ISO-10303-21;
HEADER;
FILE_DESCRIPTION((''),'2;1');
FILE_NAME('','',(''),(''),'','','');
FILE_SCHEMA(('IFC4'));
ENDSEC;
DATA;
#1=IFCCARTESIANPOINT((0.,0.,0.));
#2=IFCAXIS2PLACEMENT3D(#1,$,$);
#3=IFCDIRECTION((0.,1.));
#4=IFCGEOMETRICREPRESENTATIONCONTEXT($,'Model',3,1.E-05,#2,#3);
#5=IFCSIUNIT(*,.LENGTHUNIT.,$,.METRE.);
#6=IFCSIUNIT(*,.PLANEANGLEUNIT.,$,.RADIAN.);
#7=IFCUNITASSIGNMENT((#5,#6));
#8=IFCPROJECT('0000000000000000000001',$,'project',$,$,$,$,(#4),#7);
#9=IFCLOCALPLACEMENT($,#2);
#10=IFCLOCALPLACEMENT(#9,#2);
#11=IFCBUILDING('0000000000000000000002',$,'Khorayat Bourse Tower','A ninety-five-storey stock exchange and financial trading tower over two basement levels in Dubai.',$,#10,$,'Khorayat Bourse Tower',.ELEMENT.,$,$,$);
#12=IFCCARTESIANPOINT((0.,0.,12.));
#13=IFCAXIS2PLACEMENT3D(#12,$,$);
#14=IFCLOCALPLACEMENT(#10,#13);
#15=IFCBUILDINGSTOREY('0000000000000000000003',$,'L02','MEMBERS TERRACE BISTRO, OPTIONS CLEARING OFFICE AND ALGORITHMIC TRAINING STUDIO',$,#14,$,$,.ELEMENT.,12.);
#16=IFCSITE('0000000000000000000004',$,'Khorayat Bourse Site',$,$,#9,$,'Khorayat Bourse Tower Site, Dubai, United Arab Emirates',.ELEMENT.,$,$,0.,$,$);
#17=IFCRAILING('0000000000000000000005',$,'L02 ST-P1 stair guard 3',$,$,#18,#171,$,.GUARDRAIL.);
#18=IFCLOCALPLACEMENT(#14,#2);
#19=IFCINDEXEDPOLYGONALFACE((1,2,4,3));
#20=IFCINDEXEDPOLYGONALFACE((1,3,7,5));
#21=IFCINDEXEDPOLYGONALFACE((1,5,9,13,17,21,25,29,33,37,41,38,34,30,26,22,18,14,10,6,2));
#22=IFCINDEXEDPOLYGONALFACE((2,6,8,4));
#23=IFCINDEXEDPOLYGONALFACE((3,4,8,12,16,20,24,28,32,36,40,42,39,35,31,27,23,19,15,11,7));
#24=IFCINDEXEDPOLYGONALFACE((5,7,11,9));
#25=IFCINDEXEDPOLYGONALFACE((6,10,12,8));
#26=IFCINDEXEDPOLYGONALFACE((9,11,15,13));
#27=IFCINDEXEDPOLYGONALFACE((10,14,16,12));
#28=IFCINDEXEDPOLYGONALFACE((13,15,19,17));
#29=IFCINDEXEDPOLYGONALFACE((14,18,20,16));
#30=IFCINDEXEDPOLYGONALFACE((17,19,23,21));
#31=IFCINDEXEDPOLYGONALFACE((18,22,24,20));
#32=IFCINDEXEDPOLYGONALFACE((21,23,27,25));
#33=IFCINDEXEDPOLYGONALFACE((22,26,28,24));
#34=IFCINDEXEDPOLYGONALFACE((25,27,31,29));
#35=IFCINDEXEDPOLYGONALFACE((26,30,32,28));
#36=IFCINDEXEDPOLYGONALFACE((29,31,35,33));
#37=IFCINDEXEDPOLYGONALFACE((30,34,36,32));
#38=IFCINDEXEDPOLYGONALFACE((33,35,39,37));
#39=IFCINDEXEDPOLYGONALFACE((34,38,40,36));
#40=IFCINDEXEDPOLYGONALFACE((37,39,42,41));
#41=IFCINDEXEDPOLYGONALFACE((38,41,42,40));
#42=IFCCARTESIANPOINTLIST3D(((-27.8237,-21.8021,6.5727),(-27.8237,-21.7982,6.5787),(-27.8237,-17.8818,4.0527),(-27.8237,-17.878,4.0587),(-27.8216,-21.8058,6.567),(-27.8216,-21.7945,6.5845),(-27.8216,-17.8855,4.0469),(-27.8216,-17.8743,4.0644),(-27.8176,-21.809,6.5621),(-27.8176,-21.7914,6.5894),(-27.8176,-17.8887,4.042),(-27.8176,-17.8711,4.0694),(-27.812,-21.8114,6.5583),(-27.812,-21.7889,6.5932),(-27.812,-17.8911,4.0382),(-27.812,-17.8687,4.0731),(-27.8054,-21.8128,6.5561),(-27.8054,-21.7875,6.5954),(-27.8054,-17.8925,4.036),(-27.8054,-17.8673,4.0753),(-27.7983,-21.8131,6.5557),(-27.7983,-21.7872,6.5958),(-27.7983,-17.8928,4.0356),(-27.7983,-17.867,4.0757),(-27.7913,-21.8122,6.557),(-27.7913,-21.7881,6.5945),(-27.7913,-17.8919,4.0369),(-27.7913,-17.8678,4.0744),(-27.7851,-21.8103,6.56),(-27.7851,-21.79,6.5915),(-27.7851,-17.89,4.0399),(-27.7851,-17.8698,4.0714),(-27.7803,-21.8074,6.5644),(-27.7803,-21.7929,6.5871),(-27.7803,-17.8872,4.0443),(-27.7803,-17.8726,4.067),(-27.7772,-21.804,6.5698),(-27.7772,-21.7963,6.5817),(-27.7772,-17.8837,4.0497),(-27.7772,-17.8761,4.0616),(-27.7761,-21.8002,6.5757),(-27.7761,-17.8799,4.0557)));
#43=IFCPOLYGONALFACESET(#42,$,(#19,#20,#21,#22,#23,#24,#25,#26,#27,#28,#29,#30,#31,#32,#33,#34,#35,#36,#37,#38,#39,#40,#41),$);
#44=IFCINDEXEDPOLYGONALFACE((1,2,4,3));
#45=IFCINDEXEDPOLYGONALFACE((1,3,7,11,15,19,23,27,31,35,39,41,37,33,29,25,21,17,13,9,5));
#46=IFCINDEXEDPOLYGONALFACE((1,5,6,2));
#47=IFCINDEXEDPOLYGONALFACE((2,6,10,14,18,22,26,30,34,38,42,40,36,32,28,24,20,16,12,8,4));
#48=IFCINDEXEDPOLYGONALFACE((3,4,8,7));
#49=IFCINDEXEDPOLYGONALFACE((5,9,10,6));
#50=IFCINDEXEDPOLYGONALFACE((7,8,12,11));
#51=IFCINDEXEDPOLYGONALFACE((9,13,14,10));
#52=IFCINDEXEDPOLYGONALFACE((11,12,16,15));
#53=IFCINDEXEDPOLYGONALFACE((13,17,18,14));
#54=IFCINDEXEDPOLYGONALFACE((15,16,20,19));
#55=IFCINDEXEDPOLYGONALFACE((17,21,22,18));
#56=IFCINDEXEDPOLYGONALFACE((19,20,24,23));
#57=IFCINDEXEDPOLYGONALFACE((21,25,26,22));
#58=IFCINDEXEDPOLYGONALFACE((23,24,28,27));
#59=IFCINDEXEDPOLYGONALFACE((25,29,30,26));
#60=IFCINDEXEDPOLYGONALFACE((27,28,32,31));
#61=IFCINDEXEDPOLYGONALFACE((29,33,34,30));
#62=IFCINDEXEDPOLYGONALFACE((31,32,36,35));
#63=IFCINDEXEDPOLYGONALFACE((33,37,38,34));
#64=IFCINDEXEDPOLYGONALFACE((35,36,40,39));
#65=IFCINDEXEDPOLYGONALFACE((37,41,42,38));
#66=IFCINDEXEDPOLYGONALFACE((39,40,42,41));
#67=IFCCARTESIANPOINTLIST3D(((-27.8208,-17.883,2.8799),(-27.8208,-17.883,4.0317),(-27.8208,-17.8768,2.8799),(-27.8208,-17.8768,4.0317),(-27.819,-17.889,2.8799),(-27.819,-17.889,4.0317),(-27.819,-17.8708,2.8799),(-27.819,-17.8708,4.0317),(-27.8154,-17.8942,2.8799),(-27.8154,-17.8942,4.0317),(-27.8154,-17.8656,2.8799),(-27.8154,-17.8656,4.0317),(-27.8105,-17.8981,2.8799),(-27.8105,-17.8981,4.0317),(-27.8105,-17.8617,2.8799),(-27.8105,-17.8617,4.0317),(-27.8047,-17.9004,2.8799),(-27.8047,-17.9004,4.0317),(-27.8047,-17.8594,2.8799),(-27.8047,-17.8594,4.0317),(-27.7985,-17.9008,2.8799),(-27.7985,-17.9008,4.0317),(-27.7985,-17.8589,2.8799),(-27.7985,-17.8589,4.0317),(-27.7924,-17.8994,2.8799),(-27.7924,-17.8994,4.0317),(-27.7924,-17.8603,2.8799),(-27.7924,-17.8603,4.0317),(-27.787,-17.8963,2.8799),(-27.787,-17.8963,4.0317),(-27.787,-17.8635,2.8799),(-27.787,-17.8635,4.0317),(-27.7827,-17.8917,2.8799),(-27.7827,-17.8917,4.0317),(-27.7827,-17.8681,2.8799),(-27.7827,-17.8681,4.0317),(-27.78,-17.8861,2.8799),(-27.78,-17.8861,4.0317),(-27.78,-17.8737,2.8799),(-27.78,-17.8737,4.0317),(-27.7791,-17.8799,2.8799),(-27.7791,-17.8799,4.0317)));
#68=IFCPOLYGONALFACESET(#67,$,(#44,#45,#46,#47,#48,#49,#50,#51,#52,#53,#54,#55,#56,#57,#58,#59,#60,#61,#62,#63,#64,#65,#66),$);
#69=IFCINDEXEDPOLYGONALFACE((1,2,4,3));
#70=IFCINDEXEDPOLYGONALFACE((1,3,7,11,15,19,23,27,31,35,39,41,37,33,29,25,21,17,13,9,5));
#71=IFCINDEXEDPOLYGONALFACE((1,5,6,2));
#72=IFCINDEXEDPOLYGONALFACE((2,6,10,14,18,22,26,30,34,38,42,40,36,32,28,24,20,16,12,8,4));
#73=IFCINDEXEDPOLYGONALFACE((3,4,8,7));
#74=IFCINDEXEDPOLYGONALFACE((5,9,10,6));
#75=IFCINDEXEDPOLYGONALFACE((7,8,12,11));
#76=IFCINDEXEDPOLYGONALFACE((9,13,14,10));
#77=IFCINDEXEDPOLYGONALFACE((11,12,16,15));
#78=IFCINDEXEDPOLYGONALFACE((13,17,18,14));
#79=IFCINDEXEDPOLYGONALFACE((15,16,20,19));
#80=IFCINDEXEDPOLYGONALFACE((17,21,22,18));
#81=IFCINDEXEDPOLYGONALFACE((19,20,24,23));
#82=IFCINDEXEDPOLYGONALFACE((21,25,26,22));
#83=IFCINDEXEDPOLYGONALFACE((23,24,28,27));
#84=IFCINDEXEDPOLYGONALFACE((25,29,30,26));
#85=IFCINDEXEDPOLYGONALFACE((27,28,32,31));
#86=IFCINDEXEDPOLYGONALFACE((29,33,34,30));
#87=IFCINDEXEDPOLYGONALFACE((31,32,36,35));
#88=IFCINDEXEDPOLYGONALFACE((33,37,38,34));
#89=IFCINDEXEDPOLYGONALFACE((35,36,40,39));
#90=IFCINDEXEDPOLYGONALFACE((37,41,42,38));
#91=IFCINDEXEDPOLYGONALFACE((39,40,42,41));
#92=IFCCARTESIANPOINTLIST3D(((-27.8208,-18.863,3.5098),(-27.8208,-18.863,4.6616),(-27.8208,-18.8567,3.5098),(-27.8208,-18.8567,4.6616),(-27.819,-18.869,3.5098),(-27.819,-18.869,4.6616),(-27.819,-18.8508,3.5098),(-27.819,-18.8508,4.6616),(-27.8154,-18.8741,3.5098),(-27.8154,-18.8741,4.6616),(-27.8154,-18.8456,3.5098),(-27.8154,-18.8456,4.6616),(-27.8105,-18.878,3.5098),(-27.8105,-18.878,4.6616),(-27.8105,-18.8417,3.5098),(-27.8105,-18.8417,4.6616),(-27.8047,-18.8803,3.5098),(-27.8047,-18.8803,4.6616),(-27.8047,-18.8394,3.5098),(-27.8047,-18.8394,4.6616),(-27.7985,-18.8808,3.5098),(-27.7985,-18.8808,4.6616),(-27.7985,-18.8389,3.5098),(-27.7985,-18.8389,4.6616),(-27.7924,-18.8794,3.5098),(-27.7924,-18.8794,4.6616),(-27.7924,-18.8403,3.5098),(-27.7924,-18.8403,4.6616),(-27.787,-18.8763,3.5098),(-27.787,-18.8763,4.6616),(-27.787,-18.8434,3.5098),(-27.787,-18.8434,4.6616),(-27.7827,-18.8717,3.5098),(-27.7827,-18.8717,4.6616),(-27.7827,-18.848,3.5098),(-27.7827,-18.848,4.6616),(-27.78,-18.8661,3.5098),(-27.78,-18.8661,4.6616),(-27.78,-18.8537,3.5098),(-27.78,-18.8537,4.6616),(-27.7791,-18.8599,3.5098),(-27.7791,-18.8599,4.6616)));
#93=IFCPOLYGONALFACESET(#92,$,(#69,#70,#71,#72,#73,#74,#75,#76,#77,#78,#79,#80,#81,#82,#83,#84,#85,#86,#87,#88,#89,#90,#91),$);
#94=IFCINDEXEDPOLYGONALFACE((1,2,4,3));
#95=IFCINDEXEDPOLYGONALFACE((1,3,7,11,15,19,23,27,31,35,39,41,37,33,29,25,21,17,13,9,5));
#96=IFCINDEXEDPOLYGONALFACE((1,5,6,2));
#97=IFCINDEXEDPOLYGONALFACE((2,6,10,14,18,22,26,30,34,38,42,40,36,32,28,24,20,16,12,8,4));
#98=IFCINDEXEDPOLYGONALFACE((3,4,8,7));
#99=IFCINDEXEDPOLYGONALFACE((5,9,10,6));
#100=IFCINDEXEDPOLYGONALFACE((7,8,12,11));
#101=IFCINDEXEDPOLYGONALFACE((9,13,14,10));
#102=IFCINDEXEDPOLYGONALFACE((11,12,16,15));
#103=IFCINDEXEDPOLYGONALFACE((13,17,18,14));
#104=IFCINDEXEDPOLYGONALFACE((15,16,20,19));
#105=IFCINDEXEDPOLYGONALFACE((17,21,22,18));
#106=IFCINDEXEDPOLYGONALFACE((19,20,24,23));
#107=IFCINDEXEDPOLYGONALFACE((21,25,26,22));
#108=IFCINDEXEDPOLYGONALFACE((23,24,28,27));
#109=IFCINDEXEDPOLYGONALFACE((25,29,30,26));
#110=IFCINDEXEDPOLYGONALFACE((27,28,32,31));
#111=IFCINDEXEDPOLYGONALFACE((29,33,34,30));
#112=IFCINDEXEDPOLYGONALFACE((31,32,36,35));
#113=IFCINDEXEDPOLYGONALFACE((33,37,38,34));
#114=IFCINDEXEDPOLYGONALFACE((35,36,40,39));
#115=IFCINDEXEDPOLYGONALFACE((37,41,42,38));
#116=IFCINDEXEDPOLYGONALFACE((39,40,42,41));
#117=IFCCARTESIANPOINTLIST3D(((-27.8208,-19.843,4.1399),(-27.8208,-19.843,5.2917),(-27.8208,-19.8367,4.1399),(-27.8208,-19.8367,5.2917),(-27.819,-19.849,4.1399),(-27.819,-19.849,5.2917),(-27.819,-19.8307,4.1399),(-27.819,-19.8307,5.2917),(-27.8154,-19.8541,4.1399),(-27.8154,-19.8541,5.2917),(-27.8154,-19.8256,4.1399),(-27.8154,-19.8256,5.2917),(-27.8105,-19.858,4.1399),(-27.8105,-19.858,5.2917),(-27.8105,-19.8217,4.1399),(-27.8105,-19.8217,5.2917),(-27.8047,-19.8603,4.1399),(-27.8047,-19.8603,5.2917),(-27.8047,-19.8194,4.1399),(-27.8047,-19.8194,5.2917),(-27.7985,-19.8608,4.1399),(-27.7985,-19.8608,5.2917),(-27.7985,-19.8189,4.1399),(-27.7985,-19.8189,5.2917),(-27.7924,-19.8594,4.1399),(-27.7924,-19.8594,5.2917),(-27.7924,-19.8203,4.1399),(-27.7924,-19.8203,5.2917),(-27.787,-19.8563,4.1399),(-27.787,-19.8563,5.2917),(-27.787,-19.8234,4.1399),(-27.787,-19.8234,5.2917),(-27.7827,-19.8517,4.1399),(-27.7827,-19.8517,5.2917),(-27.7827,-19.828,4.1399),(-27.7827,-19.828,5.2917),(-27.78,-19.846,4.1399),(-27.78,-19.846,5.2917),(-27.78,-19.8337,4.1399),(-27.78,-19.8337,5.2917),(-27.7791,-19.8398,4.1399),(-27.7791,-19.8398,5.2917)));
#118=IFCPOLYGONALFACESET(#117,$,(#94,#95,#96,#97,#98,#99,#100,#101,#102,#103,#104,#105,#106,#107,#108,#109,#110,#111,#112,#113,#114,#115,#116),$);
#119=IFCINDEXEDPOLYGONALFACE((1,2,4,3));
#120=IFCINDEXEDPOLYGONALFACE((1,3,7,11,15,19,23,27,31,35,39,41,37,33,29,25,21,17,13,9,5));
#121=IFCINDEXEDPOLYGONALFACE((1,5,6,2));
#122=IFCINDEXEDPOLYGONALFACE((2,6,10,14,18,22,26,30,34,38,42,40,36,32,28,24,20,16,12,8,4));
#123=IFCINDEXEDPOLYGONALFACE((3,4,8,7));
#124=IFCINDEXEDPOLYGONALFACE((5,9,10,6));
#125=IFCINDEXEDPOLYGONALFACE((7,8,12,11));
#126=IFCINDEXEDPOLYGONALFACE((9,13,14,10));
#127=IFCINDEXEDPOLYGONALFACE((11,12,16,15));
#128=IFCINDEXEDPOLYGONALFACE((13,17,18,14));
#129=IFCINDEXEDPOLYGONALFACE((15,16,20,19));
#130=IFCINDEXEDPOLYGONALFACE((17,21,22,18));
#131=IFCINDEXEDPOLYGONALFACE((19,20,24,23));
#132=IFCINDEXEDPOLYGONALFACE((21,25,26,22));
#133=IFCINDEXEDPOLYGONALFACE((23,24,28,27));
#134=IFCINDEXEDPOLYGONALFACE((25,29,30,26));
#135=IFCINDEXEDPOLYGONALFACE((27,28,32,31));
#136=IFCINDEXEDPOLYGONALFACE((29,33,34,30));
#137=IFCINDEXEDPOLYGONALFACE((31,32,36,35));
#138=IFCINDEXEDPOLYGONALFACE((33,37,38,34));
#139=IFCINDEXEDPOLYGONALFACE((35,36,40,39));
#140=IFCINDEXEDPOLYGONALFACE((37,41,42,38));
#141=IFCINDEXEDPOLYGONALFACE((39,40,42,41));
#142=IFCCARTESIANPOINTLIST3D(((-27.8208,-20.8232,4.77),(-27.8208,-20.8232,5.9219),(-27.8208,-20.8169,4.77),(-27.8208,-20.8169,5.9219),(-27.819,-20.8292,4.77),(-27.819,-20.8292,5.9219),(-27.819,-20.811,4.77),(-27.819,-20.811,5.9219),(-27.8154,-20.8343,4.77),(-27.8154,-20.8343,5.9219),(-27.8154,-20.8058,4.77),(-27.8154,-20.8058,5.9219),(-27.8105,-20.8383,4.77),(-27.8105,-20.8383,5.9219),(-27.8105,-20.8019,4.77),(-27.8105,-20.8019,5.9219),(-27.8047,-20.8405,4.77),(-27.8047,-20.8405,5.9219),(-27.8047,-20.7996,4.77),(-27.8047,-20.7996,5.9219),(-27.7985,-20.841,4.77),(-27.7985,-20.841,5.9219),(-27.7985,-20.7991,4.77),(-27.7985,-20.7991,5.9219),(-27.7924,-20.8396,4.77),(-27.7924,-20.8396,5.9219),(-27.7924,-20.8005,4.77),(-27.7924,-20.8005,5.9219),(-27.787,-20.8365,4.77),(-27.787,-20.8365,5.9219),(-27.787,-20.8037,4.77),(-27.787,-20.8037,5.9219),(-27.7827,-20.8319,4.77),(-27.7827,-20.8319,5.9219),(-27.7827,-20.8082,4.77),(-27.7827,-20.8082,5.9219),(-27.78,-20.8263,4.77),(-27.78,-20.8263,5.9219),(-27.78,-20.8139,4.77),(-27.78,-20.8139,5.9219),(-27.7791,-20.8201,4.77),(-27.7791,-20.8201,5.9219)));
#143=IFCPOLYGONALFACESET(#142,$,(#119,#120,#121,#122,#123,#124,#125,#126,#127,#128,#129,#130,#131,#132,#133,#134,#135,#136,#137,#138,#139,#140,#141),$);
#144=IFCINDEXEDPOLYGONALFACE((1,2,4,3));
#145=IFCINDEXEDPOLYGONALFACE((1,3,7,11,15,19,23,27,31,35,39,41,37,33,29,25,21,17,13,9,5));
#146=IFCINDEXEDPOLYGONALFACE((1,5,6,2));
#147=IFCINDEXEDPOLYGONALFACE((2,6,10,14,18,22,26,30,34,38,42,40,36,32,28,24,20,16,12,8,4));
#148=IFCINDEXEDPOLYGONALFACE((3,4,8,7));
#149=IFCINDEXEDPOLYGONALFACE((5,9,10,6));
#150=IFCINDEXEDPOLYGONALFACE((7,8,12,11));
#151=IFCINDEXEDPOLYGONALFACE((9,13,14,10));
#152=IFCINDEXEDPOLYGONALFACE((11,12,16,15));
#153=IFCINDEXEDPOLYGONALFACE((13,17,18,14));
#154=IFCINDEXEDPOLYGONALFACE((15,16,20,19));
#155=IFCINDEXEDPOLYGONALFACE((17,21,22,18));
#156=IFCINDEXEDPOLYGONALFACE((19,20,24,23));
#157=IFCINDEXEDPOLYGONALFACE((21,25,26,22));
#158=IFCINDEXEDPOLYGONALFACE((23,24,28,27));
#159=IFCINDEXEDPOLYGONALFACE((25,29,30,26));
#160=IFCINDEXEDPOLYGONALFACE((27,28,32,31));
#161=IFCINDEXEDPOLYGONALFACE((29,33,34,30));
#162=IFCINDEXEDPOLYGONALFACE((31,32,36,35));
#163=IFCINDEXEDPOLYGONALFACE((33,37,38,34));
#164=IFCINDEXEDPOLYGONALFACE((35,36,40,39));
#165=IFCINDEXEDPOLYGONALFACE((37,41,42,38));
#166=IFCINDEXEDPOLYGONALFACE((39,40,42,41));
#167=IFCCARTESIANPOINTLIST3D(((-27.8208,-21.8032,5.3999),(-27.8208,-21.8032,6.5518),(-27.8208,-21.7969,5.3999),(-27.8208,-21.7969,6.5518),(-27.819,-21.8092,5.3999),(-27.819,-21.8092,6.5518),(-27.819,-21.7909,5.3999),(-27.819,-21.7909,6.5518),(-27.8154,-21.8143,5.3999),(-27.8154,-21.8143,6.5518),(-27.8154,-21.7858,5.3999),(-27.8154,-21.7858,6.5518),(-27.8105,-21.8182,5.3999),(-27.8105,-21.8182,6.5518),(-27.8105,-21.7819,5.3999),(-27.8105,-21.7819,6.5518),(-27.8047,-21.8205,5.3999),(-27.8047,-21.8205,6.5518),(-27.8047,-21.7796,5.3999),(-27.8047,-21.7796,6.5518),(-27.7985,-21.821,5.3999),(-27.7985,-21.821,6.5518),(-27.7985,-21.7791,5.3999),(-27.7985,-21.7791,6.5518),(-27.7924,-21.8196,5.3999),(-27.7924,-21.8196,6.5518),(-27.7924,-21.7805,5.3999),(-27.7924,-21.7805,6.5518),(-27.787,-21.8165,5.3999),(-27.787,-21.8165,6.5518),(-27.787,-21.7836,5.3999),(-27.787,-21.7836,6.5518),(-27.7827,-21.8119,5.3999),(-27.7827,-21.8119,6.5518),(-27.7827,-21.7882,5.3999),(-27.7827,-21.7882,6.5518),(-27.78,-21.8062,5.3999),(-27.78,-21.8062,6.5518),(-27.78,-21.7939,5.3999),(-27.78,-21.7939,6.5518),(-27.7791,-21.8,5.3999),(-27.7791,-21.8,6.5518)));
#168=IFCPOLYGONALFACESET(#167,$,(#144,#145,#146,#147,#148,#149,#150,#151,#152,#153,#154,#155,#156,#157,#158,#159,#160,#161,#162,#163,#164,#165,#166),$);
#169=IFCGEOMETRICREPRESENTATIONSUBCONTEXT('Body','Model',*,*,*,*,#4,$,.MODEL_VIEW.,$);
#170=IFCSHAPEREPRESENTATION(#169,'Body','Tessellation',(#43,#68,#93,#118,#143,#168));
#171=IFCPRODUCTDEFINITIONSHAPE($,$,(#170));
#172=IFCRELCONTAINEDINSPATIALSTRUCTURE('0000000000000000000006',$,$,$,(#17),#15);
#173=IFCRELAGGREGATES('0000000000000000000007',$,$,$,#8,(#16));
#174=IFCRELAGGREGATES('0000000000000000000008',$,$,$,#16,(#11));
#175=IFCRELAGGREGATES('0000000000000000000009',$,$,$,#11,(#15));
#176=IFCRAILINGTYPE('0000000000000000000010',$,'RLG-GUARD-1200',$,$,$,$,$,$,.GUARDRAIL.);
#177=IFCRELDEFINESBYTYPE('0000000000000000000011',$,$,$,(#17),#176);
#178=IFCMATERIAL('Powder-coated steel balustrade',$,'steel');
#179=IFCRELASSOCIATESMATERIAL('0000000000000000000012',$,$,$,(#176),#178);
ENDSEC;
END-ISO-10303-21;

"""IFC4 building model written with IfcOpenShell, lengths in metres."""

from ifc_helpers import new_model, si_unit, direction, frame, origin, origin_2d, place, context, subcontext, project, spatial, circle, extrude, source, transform, mapped, material, type_object, element, save


model = new_model("IFC4")

# Units and contexts
model_context = context("Model", 3, precision=1e-05, world=origin(), true_north=direction((0.0, 1.0)))
body_context = subcontext(model_context, "Body", "Model", "MODEL_VIEW")
ifc_project = project(units=[si_unit("LENGTHUNIT", "METRE"), si_unit("PLANEANGLEUNIT", "RADIAN")], contexts=[model_context])

# Site, building, storey
site_placement = place(None, origin())
site = spatial("IfcSite", under=ifc_project, at=site_placement, Name="Khorayat Bourse Site", LongName="Khorayat Bourse Tower Site, Dubai, United Arab Emirates", CompositionType="ELEMENT", RefElevation=0.0)
building_placement = place(site_placement, origin())
building = spatial("IfcBuilding", under=site, at=building_placement, Name="Khorayat Bourse Tower", Description="A ninety-five-storey stock exchange and financial trading tower over two basement levels in Dubai.", LongName="Khorayat Bourse Tower", CompositionType="ELEMENT")
storey_placement = place(building_placement, frame((0.0, 0.0, 12.0)))
storey = spatial("IfcBuildingStorey", under=building, at=storey_placement, Name="L02", Description="MEMBERS TERRACE BISTRO, OPTIONS CLEARING OFFICE AND ALGORITHMIC TRAINING STUDIO", CompositionType="ELEMENT", Elevation=12.0)

# Railing
ifc_material_1 = material(Name="Powder-coated steel balustrade", Category="steel")
railing_type_1 = type_object("IfcRailingType", Name="RLG-GUARD-1200", PredefinedType="GUARDRAIL", material=ifc_material_1)
shared_shape_1 = source(origin(), body_context, "Body", "SweptSolid", [
    extrude(circle(Radius=0.0239, at=origin_2d()), frame((0.0, 0.0, 1.1758), z_axis=(0.0, -0.841187, 0.540744), x_axis=(1.0, 0.0, 0.0)), (0.0, 0.0, 1.0), 4.6604),
    extrude(circle(Radius=0.021, at=origin_2d()), origin(), (0.0, 0.0, 1.0), 1.1519),
    extrude(circle(Radius=0.021, at=origin_2d()), frame((0.0, -0.98, 0.6299)), (0.0, 0.0, 1.0), 1.1519),
    extrude(circle(Radius=0.021, at=origin_2d()), frame((0.0, -1.96, 1.26)), (0.0, 0.0, 1.0), 1.1519),
    extrude(circle(Radius=0.021, at=origin_2d()), frame((0.0, -2.9402, 1.8901)), (0.0, 0.0, 1.0), 1.1519),
    extrude(circle(Radius=0.021, at=origin_2d()), frame((0.0, -3.9202, 2.52)), (0.0, 0.0, 1.0), 1.1519),
])
railing_1_placement = place(storey_placement, frame((-27.8, -17.8799, 2.8799)))
element("IfcRailing", 1, at=railing_1_placement, inside=storey, type_object=railing_type_1, Name="L02 ST-P1 stair guard 3", PredefinedType="GUARDRAIL", context=body_context, shape_type="MappedRepresentation", body=[
    mapped(shared_shape_1, transform((0.0, 0.0, 0.0), scale=1.0)),
])

save(model, "model.ifc")
